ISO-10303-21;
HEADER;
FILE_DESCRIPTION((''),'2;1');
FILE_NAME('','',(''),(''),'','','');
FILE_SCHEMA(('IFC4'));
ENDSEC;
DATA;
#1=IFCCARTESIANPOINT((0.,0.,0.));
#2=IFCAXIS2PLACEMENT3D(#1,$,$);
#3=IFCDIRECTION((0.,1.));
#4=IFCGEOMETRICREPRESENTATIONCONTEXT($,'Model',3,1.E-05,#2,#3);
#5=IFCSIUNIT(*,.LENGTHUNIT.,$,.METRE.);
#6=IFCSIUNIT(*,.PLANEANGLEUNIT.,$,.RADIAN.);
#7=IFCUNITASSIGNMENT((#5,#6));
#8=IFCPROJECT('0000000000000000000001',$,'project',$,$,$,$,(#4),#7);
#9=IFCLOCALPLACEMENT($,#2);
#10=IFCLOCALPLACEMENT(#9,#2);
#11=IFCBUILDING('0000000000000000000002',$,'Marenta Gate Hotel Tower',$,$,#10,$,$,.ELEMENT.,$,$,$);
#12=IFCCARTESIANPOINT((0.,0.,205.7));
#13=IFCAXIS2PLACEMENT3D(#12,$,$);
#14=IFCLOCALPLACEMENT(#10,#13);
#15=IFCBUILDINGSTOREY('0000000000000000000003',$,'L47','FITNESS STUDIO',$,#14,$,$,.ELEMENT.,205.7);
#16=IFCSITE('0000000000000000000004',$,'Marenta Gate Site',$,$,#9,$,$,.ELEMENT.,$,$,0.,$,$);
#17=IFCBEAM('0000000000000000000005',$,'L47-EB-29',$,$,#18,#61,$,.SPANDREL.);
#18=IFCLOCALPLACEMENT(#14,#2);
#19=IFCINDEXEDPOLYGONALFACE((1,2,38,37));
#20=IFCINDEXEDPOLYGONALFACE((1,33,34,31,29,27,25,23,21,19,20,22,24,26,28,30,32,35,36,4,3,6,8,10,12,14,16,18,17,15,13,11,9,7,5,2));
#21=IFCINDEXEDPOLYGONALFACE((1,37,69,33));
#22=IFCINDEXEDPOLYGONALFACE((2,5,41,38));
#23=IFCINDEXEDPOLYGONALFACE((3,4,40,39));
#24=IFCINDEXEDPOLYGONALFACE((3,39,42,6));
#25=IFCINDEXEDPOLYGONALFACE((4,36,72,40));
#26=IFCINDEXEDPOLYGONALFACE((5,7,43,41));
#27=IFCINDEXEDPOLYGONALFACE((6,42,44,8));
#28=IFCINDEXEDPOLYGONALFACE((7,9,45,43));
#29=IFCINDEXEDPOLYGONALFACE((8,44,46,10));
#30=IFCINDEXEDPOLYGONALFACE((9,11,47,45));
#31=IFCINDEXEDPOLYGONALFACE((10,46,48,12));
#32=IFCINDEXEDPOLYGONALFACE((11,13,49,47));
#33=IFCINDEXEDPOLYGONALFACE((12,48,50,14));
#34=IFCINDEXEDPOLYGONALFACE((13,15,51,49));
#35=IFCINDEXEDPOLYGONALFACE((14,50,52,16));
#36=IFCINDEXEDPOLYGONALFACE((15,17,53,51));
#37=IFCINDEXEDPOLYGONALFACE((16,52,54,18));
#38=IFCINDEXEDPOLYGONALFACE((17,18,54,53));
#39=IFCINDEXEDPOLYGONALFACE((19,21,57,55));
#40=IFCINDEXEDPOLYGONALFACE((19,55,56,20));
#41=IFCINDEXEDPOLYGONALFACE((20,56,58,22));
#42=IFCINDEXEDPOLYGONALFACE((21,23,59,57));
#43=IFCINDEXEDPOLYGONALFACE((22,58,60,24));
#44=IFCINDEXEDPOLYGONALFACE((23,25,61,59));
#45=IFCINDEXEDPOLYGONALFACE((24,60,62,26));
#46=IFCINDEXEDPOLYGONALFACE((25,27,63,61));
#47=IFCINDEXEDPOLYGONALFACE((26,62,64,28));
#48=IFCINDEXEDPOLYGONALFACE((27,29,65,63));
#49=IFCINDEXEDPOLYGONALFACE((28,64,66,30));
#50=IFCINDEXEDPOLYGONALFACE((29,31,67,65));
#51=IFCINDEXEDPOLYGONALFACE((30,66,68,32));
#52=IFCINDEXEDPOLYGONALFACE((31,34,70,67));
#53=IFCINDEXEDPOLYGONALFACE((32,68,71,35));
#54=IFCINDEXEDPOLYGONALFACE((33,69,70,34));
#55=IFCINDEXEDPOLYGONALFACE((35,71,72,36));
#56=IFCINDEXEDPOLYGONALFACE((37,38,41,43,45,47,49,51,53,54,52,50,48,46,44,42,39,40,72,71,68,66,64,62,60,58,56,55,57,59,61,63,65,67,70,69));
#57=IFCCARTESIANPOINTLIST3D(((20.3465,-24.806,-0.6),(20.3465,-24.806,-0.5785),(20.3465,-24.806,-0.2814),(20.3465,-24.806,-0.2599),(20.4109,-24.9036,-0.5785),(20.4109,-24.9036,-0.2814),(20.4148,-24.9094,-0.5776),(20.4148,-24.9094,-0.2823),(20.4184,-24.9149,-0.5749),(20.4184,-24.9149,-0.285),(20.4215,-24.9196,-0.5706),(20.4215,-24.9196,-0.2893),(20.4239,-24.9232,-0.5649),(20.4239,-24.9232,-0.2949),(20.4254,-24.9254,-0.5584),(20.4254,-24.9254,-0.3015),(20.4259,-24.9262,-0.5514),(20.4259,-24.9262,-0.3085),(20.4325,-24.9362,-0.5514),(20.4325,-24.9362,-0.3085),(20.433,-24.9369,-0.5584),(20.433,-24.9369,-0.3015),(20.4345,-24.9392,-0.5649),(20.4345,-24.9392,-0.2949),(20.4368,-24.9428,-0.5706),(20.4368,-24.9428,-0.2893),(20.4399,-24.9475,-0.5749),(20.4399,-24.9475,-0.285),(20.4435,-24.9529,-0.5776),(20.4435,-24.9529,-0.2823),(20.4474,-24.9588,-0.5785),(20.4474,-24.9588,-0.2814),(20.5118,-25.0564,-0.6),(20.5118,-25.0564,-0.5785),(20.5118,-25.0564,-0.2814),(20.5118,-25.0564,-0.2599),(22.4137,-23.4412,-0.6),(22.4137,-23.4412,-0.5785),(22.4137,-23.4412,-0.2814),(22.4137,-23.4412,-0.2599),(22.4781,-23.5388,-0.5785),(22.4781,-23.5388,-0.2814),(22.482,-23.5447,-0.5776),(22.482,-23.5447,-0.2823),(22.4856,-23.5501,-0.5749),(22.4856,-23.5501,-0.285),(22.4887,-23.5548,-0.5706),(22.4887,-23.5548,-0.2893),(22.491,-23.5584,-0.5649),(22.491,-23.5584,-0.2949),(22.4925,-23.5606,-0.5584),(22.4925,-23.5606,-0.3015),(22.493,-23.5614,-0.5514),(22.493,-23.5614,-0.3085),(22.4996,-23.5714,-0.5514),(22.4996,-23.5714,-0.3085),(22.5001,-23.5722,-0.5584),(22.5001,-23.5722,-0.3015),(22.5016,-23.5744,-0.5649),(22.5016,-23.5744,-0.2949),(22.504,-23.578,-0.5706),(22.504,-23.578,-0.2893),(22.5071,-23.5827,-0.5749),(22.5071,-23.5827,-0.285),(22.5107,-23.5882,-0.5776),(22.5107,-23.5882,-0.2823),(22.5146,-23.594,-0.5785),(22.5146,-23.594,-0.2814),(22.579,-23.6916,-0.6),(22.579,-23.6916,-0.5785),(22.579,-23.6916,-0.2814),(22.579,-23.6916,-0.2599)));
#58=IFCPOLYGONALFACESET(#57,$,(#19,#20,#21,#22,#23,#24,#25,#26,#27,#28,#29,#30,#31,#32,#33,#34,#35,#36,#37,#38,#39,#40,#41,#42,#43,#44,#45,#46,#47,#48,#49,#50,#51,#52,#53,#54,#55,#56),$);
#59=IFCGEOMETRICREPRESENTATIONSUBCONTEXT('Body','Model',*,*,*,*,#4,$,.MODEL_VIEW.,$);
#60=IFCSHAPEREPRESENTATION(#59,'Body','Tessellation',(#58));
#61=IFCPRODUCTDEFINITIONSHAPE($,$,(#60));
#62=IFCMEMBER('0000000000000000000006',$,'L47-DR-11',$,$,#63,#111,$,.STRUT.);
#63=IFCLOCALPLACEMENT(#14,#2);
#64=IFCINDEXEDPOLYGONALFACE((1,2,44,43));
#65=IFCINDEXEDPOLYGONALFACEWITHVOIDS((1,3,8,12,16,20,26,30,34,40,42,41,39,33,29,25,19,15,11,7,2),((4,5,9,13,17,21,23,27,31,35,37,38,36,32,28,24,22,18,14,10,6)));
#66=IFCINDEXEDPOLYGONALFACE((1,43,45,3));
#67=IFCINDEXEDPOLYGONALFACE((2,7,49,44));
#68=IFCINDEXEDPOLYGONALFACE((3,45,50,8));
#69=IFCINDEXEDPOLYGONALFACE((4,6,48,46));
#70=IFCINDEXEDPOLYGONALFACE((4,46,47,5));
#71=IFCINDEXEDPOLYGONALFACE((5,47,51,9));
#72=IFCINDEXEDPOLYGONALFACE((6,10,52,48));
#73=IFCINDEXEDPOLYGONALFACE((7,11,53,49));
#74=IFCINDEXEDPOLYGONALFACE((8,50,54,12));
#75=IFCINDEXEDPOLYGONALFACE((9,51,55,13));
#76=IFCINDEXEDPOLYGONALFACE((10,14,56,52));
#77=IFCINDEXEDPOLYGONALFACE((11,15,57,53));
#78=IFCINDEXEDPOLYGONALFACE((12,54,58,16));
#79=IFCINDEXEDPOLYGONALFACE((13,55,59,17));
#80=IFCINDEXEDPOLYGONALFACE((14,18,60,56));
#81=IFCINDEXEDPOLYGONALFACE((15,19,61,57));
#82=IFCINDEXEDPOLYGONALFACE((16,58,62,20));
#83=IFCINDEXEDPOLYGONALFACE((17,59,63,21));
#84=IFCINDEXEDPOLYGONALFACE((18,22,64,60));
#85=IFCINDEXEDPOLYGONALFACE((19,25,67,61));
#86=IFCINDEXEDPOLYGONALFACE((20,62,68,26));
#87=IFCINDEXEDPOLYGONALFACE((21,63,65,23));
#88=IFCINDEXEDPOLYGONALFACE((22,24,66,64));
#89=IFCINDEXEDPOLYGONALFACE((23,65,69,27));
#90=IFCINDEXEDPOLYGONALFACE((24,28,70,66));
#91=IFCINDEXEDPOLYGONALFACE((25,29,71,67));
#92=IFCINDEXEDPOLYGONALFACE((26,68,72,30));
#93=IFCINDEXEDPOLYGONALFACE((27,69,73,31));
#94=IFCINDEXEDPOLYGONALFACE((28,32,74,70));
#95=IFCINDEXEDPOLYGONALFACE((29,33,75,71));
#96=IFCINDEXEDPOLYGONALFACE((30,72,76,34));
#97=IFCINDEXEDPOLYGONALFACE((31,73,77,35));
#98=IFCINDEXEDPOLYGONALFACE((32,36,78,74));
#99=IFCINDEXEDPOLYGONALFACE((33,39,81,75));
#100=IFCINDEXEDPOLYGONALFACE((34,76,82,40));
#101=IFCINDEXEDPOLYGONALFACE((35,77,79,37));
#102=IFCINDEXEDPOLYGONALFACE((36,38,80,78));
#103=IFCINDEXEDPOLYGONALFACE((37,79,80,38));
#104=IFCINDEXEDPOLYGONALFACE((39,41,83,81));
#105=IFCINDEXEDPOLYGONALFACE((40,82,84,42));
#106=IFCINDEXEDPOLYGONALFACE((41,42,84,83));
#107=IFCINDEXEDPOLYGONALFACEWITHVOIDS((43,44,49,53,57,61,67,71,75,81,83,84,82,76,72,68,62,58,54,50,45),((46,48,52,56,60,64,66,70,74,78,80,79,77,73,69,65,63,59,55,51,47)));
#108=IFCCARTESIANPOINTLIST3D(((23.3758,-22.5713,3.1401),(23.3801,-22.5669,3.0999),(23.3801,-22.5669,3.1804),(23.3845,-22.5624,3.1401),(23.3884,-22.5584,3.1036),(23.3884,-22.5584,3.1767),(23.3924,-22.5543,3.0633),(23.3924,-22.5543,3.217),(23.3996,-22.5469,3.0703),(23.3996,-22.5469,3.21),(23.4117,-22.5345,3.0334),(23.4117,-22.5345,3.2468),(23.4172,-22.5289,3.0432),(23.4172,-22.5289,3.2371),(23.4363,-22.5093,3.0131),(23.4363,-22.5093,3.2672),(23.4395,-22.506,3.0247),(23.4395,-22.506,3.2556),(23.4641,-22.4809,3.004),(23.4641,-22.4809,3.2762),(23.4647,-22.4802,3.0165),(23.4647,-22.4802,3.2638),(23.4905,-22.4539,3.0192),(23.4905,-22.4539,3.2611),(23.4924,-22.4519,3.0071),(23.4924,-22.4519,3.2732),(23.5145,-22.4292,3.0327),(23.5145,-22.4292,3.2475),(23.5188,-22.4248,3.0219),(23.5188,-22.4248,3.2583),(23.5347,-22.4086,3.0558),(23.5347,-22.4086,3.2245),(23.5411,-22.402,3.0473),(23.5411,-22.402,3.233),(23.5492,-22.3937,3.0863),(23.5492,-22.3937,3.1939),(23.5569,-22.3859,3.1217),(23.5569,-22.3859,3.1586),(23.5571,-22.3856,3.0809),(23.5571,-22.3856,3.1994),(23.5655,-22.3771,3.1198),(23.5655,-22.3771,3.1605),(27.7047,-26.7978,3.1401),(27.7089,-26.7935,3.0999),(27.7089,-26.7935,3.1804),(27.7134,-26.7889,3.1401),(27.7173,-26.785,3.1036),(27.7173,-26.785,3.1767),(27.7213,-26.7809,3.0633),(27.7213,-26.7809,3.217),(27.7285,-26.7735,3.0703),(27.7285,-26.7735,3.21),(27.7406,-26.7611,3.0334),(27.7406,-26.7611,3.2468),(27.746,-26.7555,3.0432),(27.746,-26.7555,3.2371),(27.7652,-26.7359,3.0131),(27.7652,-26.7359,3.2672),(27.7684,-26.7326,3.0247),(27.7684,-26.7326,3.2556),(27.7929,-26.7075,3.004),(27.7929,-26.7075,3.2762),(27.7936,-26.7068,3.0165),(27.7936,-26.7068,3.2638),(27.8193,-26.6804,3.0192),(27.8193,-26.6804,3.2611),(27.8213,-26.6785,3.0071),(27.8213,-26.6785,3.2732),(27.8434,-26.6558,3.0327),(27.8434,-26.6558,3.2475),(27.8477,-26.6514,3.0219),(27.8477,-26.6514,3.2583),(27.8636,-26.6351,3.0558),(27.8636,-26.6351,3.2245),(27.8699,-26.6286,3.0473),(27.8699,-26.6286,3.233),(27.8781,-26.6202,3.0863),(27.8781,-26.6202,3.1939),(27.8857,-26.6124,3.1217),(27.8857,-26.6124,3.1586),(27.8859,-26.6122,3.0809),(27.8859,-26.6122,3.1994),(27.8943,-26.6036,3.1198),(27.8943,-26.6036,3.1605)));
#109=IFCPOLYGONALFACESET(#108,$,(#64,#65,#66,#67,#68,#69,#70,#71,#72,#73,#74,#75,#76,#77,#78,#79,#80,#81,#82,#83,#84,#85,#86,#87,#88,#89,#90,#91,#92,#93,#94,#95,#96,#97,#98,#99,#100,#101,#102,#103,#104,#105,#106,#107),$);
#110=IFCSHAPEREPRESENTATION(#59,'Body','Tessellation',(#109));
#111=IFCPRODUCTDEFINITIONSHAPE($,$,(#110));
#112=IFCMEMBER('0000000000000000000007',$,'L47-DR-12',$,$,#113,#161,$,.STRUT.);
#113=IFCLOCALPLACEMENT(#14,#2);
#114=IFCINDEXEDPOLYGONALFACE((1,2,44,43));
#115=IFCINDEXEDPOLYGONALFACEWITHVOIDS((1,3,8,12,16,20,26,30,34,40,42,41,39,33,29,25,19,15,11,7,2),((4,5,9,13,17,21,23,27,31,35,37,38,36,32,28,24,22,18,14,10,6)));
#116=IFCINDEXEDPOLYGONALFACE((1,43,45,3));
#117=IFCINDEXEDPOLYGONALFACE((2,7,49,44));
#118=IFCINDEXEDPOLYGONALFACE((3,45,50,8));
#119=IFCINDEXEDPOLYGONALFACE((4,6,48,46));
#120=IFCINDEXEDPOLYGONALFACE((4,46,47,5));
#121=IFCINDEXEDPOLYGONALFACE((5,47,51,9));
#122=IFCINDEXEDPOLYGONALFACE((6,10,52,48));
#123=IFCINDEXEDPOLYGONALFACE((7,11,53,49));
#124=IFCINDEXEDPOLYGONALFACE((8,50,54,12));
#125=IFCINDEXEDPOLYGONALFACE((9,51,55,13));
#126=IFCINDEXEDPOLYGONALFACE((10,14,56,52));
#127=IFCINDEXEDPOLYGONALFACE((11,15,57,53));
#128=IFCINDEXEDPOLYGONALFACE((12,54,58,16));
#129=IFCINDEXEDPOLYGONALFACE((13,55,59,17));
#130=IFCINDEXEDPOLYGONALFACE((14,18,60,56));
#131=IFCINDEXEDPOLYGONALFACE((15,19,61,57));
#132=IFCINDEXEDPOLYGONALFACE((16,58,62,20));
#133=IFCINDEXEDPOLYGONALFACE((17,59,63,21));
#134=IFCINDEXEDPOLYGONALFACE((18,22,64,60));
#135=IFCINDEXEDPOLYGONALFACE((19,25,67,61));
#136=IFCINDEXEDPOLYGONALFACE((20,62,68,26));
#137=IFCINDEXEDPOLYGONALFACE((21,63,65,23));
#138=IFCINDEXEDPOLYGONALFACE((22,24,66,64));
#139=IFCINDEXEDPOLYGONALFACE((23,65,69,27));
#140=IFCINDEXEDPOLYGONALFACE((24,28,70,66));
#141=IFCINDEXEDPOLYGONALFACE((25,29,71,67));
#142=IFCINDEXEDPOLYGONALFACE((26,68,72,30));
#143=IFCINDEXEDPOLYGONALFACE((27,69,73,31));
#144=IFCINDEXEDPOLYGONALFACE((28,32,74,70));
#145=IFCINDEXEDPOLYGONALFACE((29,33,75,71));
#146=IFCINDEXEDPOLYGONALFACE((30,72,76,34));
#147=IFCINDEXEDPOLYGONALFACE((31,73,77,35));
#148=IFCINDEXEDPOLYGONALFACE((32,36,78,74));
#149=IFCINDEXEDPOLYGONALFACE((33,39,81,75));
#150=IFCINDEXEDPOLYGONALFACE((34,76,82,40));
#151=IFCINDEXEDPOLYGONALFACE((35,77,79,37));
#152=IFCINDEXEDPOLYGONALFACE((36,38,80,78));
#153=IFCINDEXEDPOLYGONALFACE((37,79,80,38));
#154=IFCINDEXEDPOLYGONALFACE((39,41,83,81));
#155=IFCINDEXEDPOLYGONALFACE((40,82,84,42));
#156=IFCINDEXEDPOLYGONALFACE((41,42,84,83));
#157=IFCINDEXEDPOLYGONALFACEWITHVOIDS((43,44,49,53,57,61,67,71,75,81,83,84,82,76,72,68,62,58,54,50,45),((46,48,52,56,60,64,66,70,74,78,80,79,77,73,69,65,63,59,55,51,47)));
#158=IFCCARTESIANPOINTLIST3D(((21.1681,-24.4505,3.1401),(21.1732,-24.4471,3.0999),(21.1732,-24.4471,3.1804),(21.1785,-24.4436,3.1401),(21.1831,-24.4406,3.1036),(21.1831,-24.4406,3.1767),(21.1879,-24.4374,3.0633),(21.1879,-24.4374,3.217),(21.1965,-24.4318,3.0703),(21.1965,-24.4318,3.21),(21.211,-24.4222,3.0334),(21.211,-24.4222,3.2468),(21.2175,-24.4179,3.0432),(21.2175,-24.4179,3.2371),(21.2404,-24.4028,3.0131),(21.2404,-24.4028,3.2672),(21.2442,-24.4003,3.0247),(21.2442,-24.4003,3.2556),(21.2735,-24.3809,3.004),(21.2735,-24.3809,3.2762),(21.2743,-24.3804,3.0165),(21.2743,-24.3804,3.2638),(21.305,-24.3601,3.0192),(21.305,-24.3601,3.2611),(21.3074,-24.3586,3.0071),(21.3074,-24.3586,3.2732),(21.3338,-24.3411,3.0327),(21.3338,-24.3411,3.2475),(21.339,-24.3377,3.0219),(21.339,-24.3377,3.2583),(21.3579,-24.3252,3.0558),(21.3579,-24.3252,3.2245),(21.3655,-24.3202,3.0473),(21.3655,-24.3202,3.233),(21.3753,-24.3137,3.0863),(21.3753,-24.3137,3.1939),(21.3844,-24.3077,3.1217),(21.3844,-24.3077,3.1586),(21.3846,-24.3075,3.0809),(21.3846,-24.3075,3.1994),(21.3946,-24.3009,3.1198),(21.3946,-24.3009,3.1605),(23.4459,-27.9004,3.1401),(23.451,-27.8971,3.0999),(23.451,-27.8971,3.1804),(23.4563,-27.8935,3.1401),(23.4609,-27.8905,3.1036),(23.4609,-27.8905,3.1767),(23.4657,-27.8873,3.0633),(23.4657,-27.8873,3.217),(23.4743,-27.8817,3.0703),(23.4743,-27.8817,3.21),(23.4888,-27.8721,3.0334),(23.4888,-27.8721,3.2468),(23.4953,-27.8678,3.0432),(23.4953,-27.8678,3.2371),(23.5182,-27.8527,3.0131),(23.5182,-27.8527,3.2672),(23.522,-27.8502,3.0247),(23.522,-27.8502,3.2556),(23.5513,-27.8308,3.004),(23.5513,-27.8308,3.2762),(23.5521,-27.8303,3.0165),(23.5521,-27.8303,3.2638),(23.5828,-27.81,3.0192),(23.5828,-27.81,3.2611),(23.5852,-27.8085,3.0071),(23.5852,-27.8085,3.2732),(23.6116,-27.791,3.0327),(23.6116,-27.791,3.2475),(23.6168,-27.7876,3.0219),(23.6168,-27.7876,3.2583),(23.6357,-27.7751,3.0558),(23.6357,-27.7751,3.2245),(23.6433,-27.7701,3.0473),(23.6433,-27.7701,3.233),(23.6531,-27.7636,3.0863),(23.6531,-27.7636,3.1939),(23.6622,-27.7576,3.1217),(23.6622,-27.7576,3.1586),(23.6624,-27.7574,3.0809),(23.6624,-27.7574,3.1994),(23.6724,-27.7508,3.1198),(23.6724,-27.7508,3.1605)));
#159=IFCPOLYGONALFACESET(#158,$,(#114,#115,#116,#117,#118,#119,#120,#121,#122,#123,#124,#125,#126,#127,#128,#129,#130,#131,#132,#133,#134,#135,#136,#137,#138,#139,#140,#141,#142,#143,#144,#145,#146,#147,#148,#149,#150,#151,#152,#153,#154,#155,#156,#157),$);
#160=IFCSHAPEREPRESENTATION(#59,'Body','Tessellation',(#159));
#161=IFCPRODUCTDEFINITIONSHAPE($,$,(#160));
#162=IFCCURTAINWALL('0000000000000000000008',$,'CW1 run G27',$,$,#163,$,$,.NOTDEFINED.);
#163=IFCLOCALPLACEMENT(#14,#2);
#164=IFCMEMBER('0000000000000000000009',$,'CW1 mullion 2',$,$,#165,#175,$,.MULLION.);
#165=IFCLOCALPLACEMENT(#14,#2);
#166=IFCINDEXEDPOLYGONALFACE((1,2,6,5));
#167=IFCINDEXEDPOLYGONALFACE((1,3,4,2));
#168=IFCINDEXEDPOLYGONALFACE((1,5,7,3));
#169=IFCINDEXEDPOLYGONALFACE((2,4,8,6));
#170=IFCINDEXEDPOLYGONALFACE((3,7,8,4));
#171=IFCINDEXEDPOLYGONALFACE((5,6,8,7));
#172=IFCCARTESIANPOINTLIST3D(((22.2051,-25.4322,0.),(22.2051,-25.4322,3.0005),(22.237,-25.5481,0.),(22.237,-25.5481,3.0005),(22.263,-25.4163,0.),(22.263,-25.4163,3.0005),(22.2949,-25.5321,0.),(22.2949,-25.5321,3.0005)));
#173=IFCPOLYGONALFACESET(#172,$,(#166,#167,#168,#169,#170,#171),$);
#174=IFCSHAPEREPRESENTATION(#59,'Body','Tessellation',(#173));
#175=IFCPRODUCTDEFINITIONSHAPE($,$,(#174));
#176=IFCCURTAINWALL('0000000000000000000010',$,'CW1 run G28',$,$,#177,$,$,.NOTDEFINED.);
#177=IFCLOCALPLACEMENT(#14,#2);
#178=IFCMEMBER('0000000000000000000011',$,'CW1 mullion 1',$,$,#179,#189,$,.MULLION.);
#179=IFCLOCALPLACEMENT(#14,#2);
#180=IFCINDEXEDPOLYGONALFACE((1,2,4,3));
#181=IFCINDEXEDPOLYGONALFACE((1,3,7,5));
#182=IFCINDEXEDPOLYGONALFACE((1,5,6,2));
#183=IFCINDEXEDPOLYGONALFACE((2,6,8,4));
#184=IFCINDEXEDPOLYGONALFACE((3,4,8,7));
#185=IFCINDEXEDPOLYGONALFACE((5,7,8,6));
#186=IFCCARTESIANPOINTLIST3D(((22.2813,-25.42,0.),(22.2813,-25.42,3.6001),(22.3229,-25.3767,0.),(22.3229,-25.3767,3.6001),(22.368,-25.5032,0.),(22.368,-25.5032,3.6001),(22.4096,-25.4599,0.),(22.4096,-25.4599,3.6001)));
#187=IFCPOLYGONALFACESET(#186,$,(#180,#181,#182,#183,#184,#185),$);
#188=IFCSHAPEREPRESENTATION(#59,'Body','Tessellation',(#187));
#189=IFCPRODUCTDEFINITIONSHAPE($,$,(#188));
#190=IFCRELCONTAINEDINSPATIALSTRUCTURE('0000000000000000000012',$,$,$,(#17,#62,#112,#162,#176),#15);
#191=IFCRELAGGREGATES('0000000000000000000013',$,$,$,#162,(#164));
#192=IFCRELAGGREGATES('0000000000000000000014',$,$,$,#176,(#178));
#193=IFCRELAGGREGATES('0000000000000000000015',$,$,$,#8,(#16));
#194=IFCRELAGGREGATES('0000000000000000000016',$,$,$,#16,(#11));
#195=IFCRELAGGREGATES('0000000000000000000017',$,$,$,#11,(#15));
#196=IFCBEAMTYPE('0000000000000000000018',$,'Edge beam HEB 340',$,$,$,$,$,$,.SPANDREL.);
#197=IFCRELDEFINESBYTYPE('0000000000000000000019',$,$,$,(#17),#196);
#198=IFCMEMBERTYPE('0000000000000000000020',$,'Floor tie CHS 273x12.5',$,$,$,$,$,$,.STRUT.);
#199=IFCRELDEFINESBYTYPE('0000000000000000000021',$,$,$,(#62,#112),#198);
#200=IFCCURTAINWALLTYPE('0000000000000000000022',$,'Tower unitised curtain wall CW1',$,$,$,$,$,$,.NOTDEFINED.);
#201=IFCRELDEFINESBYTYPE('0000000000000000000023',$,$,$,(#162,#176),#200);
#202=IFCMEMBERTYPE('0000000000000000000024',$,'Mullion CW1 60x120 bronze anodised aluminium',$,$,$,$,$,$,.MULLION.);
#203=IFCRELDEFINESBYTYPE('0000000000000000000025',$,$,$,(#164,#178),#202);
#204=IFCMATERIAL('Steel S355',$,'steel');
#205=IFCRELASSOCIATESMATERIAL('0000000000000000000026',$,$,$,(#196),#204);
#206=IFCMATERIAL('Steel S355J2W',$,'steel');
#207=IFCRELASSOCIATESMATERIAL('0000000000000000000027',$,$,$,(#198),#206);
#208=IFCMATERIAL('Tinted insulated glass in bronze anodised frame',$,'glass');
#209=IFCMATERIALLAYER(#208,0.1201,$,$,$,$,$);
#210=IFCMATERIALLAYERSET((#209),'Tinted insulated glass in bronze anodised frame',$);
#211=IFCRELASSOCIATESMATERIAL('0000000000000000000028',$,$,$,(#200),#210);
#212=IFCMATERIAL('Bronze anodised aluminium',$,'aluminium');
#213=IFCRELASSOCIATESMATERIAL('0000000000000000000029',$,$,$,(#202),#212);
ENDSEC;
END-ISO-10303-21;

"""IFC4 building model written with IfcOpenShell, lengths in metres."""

from ifc_helpers import new_model, si_unit, direction, frame, origin, origin_2d, place, context, subcontext, project, spatial, rectangle, hollow_circle, i_section, extrude, material, layer, layer_set, material_profile, profile_set, type_object, element, aggregate, save


model = new_model("IFC4")

# Units and contexts
model_context = context("Model", 3, precision=1e-05, world=origin(), true_north=direction((0.0, 1.0)))
body_context = subcontext(model_context, "Body", "Model", "MODEL_VIEW")
ifc_project = project(units=[si_unit("LENGTHUNIT", "METRE"), si_unit("PLANEANGLEUNIT", "RADIAN")], contexts=[model_context])

# Site, building, storey
site_placement = place(None, origin())
site = spatial("IfcSite", under=ifc_project, at=site_placement, Name="Marenta Gate Site", CompositionType="ELEMENT", RefElevation=0.0)
building_placement = place(site_placement, origin())
building = spatial("IfcBuilding", under=site, at=building_placement, Name="Marenta Gate Hotel Tower", CompositionType="ELEMENT")
storey_placement = place(building_placement, frame((0.0, 0.0, 205.7)))
storey = spatial("IfcBuildingStorey", under=building, at=storey_placement, Name="L47", Description="FITNESS STUDIO", CompositionType="ELEMENT", Elevation=205.7)

# Beam
ifc_material_1 = material(Name="Steel S355", Category="steel")
ifc_material_profile_1 = material_profile(ifc_material_1, i_section(OverallWidth=0.3, OverallDepth=0.3401, WebThickness=0.012, FlangeThickness=0.0215, FilletRadius=0.0271, at=origin_2d()), Name="HEB 340")
ifc_profile_set_1 = profile_set([ifc_material_profile_1], Name="Steel S355")
beam_type = type_object("IfcBeamType", Name="Edge beam HEB 340", PredefinedType="SPANDREL", material=ifc_profile_set_1)
beam_placement = place(storey_placement, frame((22.4963, -23.5664, -0.4299), z_axis=(-0.834529, -0.550964, 0.0), x_axis=(0.550964, -0.834529, 0.0)))
element("IfcBeam", 1, at=beam_placement, inside=storey, type_object=beam_type, Name="L47-EB-29", PredefinedType="SPANDREL", context=body_context, shape_type="SweptSolid", body=[
    extrude(i_section(OverallWidth=0.3, OverallDepth=0.3401, WebThickness=0.012, FlangeThickness=0.0215, FilletRadius=0.0271, at=origin_2d()), origin(), (0.0, 0.0, 1.0), 2.4771),
])

# Members
ifc_material_2 = material(Name="Steel S355J2W", Category="steel")
ifc_material_profile_2 = material_profile(ifc_material_2, hollow_circle(Radius=0.1365, WallThickness=0.0125, at=origin_2d()), Name="CHS 273x12.5")
ifc_profile_set_2 = profile_set([ifc_material_profile_2], Name="Steel S355J2W")
member_type_1 = type_object("IfcMemberType", Name="Floor tie CHS 273x12.5", PredefinedType="STRUT", material=ifc_profile_set_2)
member_1_placement = place(storey_placement, frame((27.8, -26.7002, 3.1401), z_axis=(-0.71551, 0.698602, 0.0), x_axis=(-0.698602, -0.71551, 0.0)))
element("IfcMember", 2, at=member_1_placement, inside=storey, type_object=member_type_1, Name="L47-DR-11", PredefinedType="STRUT", context=body_context, shape_type="SweptSolid", body=[
    extrude(hollow_circle(Radius=0.1365, WallThickness=0.0125, at=origin_2d()), origin(), (0.0, 0.0, 1.0), 6.05),
])
member_2_placement = place(storey_placement, frame((23.5598, -27.8252, 3.1401), z_axis=(-0.550988, 0.834513, 0.0), x_axis=(-0.834513, -0.550988, 0.0)))
element("IfcMember", 3, at=member_2_placement, inside=storey, type_object=member_type_1, Name="L47-DR-12", PredefinedType="STRUT", context=body_context, shape_type="SweptSolid", body=[
    extrude(hollow_circle(Radius=0.1365, WallThickness=0.0125, at=origin_2d()), origin(), (0.0, 0.0, 1.0), 4.134),
])

# Curtain walls, members
ifc_material_3 = material(Name="Tinted insulated glass in bronze anodised frame", Category="glass")
ifc_layer_1 = layer(ifc_material_3, 0.1201)
ifc_layer_set_1 = layer_set([ifc_layer_1], Name="Tinted insulated glass in bronze anodised frame")
curtain_wall_type = type_object("IfcCurtainWallType", Name="Tower unitised curtain wall CW1", PredefinedType="NOTDEFINED", material=ifc_layer_set_1)
curtain_wall_1_placement = place(storey_placement, origin())
curtain_wall_1 = element("IfcCurtainWall", 4, at=curtain_wall_1_placement, inside=storey, type_object=curtain_wall_type, Name="CW1 run G27", PredefinedType="NOTDEFINED")
ifc_material_4 = material(Name="Bronze anodised aluminium", Category="aluminium")
ifc_material_profile_3 = material_profile(ifc_material_4, rectangle(XDim=0.1201, YDim=0.0601, at=origin_2d()), Name="Mullion CW1 60x120 bronze anodised aluminium")
ifc_profile_set_3 = profile_set([ifc_material_profile_3], Name="Bronze anodised aluminium")
member_type_2 = type_object("IfcMemberType", Name="Mullion CW1 60x120 bronze anodised aluminium", PredefinedType="MULLION", material=ifc_profile_set_3)
member_3_placement = place(storey_placement, frame((22.25, -25.4822, 0.0), z_axis=(0.0, 0.0, 1.0), x_axis=(-0.265283, 0.964171, 0.0)))
member_3 = element("IfcMember", 5, at=member_3_placement, type_object=member_type_2, Name="CW1 mullion 2", PredefinedType="MULLION", context=body_context, shape_type="SweptSolid", body=[
    extrude(rectangle(XDim=0.1201, YDim=0.0601, at=origin_2d()), origin(), (0.0, 0.0, 1.0), 3.0005),
])
aggregate(curtain_wall_1, [member_3])
curtain_wall_2_placement = place(storey_placement, origin())
curtain_wall_2 = element("IfcCurtainWall", 6, at=curtain_wall_2_placement, inside=storey, type_object=curtain_wall_type, Name="CW1 run G28", PredefinedType="NOTDEFINED")
member_4_placement = place(storey_placement, frame((22.3455, -25.4399, 0.0), z_axis=(0.0, 0.0, 1.0), x_axis=(-0.721375, 0.692545, 0.0)))
member_4 = element("IfcMember", 7, at=member_4_placement, type_object=member_type_2, Name="CW1 mullion 1", PredefinedType="MULLION", context=body_context, shape_type="SweptSolid", body=[
    extrude(rectangle(XDim=0.1201, YDim=0.0601, at=origin_2d()), origin(), (0.0, 0.0, 1.0), 3.6001),
])

aggregate(curtain_wall_2, [member_4])

save(model, "model.ifc")
